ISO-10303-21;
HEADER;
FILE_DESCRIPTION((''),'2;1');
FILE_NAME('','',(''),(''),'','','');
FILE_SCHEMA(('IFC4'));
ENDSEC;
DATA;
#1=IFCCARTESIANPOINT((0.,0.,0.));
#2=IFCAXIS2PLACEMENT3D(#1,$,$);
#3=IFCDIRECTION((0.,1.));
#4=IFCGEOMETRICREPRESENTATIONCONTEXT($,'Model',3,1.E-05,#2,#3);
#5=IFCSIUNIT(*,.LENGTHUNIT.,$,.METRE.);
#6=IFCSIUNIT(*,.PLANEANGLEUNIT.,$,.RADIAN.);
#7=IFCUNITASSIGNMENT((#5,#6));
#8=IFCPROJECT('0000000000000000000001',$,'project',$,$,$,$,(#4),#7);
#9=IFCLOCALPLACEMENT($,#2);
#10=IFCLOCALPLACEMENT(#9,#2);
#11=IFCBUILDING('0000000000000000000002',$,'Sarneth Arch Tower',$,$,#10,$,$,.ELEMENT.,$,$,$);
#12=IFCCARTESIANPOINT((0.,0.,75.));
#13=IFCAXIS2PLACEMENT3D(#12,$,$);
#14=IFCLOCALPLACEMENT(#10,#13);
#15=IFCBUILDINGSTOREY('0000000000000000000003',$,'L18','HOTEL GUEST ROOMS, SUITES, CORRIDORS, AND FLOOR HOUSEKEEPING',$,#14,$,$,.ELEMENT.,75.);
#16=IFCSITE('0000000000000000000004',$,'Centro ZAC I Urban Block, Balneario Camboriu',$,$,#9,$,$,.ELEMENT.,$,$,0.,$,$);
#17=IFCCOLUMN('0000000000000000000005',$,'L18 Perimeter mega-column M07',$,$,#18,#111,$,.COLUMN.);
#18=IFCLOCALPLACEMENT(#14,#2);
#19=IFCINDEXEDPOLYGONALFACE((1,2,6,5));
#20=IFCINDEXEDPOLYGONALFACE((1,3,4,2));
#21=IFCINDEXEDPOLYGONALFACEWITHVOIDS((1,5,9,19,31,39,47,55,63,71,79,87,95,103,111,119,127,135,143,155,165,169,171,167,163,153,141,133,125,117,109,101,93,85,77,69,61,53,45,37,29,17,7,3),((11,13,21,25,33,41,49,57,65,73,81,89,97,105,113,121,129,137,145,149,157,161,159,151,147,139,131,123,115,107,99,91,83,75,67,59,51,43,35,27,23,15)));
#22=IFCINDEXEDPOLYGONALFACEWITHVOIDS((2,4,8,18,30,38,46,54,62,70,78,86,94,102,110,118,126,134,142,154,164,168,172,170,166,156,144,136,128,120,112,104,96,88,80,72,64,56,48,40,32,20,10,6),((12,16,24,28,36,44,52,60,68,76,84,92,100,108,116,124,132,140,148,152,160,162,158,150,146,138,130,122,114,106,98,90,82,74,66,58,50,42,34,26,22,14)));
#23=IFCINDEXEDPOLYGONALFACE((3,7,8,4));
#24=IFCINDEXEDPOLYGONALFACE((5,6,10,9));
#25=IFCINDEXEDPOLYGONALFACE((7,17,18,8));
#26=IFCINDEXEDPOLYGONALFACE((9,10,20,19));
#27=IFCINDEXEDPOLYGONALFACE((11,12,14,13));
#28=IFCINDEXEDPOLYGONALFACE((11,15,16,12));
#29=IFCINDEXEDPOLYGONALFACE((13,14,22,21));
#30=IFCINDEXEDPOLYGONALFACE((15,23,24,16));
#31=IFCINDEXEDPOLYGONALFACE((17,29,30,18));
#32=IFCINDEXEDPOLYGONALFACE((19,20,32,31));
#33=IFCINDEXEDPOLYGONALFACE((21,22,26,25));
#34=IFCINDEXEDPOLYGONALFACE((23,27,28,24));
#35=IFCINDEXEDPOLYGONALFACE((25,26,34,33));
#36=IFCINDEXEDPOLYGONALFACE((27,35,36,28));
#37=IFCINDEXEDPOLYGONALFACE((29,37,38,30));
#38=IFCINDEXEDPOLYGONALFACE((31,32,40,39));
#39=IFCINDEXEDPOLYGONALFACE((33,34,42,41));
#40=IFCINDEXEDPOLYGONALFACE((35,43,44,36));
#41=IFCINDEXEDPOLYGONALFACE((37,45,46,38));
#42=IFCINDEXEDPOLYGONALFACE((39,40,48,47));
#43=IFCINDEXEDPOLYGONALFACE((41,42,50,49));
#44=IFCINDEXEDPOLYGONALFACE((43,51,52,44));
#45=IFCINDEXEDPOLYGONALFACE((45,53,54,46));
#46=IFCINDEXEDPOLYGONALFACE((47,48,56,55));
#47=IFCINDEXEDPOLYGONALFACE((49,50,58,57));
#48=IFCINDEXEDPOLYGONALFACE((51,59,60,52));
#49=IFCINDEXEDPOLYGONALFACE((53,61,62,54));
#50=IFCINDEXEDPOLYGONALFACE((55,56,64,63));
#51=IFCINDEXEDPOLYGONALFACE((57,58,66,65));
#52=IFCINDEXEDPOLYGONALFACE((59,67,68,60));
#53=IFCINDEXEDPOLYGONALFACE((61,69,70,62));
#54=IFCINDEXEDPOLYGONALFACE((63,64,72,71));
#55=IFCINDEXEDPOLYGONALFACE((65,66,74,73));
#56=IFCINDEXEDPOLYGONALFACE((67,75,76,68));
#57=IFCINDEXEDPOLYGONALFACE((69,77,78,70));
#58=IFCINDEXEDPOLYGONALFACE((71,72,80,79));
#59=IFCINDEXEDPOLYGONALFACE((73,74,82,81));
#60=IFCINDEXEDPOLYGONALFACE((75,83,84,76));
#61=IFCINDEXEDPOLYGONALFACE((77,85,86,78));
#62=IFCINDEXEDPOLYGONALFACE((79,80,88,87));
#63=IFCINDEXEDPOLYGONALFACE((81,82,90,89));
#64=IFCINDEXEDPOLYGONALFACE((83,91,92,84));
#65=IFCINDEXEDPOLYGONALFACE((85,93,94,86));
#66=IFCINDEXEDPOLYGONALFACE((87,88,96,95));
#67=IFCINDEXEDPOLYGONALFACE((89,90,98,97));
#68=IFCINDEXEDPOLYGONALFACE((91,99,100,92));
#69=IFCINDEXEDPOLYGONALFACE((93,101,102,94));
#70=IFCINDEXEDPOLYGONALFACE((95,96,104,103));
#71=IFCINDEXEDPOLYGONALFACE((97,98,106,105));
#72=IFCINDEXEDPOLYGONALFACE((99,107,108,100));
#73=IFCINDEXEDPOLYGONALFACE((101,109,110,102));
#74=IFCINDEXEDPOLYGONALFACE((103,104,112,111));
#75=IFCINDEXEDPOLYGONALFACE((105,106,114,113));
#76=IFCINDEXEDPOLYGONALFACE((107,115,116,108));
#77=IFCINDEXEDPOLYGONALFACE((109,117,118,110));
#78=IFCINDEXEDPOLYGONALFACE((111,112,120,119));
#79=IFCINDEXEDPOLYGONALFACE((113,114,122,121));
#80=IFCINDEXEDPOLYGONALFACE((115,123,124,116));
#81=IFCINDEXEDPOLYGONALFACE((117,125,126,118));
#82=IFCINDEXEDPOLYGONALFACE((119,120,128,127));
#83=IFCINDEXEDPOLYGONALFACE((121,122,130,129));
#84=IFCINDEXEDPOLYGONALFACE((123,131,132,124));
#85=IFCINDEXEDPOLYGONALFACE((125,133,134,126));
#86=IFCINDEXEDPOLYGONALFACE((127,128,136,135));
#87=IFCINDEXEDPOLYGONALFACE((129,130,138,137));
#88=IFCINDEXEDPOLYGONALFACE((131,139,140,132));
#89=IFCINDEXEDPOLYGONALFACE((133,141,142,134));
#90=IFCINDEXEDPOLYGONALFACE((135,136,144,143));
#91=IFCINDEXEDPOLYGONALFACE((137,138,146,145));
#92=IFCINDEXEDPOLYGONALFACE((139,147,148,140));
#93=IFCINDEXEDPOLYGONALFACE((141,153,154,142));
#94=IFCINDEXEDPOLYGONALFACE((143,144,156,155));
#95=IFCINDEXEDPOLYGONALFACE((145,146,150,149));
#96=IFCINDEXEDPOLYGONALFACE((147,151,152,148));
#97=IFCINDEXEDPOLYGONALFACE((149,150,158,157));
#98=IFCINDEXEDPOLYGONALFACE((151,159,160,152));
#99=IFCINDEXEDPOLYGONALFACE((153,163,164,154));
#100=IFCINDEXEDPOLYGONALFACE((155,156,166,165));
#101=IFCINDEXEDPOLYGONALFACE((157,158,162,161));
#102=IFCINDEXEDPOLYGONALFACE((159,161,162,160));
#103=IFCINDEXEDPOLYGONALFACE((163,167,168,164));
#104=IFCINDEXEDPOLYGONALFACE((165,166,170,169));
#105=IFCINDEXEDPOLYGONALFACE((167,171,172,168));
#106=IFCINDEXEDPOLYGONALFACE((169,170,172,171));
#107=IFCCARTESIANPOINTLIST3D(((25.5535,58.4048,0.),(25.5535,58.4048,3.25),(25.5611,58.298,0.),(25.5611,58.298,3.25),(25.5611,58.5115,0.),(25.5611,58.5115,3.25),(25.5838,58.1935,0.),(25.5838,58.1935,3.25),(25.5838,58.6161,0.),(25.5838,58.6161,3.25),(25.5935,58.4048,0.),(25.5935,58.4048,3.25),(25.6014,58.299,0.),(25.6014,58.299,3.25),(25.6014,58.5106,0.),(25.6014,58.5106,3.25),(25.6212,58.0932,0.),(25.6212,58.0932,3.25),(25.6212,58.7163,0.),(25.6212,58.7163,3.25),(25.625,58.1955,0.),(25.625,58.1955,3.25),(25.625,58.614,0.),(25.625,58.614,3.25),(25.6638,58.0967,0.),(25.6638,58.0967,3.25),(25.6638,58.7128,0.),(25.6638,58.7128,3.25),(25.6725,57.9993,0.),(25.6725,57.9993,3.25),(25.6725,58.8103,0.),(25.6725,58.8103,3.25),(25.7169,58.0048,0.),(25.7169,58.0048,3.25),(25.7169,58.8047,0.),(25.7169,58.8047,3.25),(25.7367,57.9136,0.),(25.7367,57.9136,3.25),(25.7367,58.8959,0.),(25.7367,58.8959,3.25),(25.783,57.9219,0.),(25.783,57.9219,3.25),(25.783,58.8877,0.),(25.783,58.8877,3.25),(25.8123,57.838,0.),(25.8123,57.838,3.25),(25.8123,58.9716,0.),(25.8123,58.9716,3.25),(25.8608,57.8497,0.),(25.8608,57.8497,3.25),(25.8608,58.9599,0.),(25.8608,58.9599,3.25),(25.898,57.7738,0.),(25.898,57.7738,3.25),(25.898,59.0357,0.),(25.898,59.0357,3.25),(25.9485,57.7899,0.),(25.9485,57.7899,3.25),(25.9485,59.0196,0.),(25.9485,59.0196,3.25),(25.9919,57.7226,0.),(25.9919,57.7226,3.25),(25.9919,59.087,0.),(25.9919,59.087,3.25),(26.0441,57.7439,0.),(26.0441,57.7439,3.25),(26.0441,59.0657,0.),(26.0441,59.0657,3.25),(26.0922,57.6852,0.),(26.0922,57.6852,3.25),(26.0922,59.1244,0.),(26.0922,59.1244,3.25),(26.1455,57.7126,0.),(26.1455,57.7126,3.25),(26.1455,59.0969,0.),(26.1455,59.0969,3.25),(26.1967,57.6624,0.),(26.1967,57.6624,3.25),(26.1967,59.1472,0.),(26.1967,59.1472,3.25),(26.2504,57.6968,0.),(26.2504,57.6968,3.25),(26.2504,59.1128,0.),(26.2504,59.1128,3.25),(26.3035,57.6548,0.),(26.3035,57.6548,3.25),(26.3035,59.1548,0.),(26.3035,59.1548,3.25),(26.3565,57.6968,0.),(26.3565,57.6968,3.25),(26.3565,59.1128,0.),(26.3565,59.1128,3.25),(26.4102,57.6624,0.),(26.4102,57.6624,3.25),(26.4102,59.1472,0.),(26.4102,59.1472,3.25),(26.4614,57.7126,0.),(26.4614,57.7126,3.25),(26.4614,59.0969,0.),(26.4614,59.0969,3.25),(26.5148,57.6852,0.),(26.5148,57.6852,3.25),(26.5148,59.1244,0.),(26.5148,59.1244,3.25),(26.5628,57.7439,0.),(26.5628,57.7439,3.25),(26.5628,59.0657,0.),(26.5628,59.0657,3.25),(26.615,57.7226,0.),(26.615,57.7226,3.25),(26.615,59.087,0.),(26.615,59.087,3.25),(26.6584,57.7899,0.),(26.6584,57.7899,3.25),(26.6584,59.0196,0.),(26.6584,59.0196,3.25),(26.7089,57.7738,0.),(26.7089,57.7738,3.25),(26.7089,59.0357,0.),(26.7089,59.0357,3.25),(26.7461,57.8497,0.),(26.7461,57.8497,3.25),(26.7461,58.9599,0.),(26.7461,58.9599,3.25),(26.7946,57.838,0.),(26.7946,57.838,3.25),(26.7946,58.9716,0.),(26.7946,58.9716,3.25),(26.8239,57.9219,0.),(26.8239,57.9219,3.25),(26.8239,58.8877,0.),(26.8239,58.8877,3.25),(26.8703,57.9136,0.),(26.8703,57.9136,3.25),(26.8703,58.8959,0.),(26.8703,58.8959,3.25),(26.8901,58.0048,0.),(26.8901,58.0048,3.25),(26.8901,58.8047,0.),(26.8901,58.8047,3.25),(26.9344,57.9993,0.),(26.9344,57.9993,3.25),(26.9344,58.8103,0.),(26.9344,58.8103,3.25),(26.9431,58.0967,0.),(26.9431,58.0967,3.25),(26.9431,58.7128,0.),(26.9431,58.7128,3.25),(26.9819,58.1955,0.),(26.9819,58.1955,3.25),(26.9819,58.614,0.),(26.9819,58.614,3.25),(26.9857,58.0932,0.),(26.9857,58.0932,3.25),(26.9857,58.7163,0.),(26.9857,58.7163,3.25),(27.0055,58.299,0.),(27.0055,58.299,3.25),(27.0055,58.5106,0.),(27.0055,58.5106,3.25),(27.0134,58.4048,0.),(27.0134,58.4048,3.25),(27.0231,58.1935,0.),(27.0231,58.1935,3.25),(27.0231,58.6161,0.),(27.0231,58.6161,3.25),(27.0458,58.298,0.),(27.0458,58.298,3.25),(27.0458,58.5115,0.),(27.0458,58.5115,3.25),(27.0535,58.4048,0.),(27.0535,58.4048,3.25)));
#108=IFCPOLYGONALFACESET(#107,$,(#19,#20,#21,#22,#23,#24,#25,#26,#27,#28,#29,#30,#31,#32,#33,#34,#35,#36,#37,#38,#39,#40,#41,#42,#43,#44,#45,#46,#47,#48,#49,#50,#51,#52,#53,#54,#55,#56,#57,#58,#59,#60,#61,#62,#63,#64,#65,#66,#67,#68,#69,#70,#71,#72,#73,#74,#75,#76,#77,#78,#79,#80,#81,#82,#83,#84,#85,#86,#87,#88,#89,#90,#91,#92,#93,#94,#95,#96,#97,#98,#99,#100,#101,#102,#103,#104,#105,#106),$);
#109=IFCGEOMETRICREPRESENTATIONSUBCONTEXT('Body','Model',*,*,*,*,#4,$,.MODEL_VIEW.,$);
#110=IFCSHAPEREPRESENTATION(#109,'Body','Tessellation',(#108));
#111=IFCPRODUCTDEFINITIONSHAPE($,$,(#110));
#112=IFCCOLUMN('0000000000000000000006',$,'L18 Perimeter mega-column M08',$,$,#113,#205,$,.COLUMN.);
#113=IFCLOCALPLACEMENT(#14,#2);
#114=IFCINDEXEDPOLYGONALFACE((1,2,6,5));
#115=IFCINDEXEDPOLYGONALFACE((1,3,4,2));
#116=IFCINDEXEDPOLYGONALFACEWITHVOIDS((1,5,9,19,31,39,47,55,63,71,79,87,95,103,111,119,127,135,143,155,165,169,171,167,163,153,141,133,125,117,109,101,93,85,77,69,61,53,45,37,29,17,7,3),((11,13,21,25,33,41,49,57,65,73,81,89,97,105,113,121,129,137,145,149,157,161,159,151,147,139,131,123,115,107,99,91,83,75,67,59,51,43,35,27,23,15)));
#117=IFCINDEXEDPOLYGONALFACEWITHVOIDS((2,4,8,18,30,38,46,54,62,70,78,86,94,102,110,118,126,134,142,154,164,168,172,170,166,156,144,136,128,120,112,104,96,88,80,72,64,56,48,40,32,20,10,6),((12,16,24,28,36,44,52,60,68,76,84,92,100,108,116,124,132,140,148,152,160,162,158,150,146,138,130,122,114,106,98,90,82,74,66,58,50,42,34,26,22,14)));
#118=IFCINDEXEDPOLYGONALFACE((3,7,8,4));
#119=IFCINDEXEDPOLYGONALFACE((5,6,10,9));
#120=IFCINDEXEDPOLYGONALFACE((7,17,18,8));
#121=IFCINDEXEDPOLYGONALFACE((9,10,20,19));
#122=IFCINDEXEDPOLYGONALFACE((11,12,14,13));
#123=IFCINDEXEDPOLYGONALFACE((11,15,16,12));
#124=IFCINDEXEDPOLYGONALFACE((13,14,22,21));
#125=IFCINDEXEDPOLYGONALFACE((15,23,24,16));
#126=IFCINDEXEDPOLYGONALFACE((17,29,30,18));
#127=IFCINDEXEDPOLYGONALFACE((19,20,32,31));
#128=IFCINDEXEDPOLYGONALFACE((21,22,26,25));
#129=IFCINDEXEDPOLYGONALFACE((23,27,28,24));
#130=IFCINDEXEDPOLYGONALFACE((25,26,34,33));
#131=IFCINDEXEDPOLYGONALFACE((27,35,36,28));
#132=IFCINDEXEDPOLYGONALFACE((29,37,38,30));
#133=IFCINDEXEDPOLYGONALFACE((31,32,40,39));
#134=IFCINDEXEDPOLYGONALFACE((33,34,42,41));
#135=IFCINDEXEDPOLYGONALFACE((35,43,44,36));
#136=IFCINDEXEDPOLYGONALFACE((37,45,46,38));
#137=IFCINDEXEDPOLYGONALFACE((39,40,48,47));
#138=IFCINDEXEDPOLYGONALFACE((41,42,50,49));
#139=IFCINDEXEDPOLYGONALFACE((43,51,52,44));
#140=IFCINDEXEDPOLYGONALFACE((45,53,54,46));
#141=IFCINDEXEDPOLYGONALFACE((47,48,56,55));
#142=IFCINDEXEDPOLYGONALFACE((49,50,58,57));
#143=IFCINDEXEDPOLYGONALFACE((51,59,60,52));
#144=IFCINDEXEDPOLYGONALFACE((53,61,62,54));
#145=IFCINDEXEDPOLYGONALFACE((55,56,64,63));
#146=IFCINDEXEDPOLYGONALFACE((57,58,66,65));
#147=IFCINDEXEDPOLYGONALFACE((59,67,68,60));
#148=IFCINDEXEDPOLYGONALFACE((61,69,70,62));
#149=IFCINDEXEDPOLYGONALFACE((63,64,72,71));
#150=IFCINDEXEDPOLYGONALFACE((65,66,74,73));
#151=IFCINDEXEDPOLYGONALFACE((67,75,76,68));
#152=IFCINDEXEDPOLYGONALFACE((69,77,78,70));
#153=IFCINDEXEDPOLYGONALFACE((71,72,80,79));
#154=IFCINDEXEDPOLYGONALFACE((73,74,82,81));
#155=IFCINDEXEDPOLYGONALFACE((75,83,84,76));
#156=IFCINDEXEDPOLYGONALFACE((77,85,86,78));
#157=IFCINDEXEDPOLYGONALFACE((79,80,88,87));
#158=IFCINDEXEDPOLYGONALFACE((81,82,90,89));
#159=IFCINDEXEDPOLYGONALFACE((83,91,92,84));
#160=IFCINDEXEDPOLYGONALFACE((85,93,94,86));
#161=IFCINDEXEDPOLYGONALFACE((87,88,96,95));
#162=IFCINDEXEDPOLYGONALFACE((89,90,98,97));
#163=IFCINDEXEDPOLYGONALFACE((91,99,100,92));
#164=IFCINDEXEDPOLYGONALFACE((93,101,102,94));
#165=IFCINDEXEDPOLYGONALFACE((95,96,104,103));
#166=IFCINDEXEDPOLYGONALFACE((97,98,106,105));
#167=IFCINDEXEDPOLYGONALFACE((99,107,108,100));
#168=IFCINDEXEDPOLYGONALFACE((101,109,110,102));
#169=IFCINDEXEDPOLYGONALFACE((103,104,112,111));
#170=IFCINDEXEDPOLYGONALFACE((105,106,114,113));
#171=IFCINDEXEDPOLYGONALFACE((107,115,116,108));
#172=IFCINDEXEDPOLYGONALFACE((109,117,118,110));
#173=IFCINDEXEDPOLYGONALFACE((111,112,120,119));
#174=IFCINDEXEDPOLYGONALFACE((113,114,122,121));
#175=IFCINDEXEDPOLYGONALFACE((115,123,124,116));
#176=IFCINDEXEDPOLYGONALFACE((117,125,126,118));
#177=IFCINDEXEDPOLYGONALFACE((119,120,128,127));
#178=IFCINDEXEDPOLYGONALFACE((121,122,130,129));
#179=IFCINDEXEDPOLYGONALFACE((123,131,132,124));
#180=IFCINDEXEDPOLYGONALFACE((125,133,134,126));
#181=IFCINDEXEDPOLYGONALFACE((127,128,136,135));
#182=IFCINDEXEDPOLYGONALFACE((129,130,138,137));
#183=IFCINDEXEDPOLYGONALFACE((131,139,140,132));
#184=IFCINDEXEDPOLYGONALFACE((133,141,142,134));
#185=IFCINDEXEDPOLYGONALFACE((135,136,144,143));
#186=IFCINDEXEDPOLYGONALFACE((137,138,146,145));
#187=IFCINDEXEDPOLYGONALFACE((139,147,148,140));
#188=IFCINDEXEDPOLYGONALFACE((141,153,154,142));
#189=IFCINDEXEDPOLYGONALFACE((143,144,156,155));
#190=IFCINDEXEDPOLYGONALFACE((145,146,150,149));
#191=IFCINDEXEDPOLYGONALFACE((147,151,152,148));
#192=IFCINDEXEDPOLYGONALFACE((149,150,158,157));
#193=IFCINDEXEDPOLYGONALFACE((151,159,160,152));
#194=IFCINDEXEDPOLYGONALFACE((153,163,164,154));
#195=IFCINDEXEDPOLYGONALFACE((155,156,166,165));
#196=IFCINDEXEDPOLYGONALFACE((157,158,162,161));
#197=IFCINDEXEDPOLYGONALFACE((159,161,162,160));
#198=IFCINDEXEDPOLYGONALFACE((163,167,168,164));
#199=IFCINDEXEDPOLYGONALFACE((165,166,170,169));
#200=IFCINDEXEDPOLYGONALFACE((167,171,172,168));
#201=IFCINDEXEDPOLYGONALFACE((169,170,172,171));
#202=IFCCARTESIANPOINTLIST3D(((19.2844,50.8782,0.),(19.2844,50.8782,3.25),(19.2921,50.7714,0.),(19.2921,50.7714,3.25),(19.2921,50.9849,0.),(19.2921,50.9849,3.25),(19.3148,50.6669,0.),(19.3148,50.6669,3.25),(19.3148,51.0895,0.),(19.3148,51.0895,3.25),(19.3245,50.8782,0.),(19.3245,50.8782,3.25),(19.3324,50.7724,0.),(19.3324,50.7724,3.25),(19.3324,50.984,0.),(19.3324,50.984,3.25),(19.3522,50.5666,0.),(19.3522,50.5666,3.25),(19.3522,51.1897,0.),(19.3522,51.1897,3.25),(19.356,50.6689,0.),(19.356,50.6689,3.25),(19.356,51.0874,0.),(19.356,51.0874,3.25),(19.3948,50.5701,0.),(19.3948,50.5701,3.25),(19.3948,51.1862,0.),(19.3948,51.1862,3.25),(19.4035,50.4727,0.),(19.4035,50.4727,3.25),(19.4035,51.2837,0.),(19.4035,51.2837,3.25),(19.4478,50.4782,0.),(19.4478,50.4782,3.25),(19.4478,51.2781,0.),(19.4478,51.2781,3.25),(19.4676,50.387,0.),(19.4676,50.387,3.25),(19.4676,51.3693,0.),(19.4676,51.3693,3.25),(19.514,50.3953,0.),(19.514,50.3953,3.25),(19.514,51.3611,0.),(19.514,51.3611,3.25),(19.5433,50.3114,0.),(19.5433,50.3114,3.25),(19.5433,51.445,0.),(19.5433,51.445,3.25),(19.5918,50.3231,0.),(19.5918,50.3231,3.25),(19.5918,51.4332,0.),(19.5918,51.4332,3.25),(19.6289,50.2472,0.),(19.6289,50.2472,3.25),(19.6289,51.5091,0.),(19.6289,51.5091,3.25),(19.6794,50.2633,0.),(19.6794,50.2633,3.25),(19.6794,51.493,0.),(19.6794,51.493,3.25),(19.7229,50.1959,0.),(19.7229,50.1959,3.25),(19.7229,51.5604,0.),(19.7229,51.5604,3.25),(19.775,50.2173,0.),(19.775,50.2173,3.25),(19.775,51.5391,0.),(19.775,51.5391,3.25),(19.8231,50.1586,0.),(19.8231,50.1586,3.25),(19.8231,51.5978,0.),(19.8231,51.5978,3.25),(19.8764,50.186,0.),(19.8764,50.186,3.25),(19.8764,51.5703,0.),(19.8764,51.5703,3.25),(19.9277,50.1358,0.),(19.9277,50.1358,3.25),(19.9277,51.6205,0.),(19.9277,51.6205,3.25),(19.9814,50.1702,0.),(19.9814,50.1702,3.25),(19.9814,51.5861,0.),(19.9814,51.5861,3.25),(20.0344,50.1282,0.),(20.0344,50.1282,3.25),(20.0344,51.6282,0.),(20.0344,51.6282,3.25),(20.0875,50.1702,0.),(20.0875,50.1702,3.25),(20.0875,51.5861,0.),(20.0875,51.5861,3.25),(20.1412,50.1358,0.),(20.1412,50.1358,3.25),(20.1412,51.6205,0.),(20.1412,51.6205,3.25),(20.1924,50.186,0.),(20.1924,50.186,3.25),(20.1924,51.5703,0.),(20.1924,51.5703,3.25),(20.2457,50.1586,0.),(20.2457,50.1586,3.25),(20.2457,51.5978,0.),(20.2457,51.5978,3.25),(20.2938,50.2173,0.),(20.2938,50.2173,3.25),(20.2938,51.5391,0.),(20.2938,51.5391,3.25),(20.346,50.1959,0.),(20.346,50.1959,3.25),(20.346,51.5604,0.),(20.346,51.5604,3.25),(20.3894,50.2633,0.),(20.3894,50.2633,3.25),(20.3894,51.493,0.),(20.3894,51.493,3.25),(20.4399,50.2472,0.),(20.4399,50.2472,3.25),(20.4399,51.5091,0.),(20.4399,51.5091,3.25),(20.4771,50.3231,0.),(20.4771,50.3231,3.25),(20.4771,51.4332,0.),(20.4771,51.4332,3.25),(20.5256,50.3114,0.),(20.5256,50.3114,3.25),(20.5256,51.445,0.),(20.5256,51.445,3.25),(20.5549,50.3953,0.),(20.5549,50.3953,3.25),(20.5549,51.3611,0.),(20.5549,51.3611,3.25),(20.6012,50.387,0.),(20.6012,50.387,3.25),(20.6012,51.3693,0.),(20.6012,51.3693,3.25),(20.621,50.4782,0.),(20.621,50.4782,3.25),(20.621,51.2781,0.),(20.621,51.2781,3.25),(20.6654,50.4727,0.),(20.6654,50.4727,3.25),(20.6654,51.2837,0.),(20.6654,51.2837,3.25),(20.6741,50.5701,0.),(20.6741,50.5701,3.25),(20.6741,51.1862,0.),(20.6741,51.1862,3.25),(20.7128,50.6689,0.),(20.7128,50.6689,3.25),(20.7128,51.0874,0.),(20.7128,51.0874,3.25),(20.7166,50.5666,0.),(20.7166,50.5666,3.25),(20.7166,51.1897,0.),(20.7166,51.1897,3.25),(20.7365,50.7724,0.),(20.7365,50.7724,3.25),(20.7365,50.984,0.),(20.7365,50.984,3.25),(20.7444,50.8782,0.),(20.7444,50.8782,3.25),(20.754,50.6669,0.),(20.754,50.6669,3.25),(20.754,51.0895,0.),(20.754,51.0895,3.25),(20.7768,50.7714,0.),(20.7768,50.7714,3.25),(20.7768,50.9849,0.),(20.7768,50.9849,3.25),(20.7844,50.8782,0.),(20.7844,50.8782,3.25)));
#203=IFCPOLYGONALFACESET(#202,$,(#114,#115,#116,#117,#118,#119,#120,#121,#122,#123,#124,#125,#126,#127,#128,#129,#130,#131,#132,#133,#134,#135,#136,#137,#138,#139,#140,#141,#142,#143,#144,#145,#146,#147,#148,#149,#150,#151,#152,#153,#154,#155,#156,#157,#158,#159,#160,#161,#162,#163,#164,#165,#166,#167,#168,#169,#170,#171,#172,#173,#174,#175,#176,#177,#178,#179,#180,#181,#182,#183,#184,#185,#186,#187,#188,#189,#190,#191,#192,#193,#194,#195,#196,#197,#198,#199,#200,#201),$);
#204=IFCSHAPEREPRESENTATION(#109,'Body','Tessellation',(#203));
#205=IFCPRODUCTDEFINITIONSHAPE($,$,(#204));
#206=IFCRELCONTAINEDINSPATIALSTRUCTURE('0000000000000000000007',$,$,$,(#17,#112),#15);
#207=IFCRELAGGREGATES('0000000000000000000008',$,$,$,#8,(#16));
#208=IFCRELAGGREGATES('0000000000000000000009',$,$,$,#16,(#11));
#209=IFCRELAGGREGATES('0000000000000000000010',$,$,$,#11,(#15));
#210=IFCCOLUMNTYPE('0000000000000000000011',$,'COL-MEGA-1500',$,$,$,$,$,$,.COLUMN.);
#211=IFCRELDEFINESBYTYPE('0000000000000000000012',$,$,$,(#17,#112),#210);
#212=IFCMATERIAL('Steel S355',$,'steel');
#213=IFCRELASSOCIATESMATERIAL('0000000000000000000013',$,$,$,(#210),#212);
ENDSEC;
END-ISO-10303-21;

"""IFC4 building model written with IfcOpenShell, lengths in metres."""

from ifc_helpers import new_model, si_unit, direction, frame, origin, origin_2d, place, context, subcontext, project, spatial, hollow_circle, extrude, material, material_profile, profile_set, type_object, element, save


model = new_model("IFC4")

# Units and contexts
model_context = context("Model", 3, precision=1e-05, world=origin(), true_north=direction((0.0, 1.0)))
body_context = subcontext(model_context, "Body", "Model", "MODEL_VIEW")
ifc_project = project(units=[si_unit("LENGTHUNIT", "METRE"), si_unit("PLANEANGLEUNIT", "RADIAN")], contexts=[model_context])

# Site, building, storey
site_placement = place(None, origin())
site = spatial("IfcSite", under=ifc_project, at=site_placement, Name="Centro ZAC I Urban Block, Balneario Camboriu", CompositionType="ELEMENT", RefElevation=0.0)
building_placement = place(site_placement, origin())
building = spatial("IfcBuilding", under=site, at=building_placement, Name="Sarneth Arch Tower", CompositionType="ELEMENT")
storey_placement = place(building_placement, frame((0.0, 0.0, 75.0)))
storey = spatial("IfcBuildingStorey", under=building, at=storey_placement, Name="L18", Description="HOTEL GUEST ROOMS, SUITES, CORRIDORS, AND FLOOR HOUSEKEEPING", CompositionType="ELEMENT", Elevation=75.0)

# Columns
ifc_material_1 = material(Name="Steel S355", Category="steel")
ifc_material_profile_1 = material_profile(ifc_material_1, hollow_circle(Radius=0.75, WallThickness=0.04, at=origin_2d()), Name="CHS1500x40")
ifc_profile_set_1 = profile_set([ifc_material_profile_1], Name="Steel S355")
column_type = type_object("IfcColumnType", Name="COL-MEGA-1500", PredefinedType="COLUMN", material=ifc_profile_set_1)
for number, where, z_axis, x_axis, name in (
    (1, (26.3035, 58.4048, 0.0), (0.0, 0.0, 1.0), (1.0, 0.0, 0.0), "L18 Perimeter mega-column M07"),
    (2, (20.0344, 50.8782, 0.0), (0.0, 0.0, 1.0), (1.0, 0.0, 0.0), "L18 Perimeter mega-column M08"),
):
    element("IfcColumn", number, at=place(storey_placement, frame(where, z_axis=z_axis, x_axis=x_axis)), inside=storey, type_object=column_type, Name=name, PredefinedType="COLUMN", context=body_context, shape_type="SweptSolid", body=[
        extrude(hollow_circle(Radius=0.75, WallThickness=0.04, at=origin_2d()), origin(), (0.0, 0.0, 1.0), 3.25),
    ])

save(model, "model.ifc")
